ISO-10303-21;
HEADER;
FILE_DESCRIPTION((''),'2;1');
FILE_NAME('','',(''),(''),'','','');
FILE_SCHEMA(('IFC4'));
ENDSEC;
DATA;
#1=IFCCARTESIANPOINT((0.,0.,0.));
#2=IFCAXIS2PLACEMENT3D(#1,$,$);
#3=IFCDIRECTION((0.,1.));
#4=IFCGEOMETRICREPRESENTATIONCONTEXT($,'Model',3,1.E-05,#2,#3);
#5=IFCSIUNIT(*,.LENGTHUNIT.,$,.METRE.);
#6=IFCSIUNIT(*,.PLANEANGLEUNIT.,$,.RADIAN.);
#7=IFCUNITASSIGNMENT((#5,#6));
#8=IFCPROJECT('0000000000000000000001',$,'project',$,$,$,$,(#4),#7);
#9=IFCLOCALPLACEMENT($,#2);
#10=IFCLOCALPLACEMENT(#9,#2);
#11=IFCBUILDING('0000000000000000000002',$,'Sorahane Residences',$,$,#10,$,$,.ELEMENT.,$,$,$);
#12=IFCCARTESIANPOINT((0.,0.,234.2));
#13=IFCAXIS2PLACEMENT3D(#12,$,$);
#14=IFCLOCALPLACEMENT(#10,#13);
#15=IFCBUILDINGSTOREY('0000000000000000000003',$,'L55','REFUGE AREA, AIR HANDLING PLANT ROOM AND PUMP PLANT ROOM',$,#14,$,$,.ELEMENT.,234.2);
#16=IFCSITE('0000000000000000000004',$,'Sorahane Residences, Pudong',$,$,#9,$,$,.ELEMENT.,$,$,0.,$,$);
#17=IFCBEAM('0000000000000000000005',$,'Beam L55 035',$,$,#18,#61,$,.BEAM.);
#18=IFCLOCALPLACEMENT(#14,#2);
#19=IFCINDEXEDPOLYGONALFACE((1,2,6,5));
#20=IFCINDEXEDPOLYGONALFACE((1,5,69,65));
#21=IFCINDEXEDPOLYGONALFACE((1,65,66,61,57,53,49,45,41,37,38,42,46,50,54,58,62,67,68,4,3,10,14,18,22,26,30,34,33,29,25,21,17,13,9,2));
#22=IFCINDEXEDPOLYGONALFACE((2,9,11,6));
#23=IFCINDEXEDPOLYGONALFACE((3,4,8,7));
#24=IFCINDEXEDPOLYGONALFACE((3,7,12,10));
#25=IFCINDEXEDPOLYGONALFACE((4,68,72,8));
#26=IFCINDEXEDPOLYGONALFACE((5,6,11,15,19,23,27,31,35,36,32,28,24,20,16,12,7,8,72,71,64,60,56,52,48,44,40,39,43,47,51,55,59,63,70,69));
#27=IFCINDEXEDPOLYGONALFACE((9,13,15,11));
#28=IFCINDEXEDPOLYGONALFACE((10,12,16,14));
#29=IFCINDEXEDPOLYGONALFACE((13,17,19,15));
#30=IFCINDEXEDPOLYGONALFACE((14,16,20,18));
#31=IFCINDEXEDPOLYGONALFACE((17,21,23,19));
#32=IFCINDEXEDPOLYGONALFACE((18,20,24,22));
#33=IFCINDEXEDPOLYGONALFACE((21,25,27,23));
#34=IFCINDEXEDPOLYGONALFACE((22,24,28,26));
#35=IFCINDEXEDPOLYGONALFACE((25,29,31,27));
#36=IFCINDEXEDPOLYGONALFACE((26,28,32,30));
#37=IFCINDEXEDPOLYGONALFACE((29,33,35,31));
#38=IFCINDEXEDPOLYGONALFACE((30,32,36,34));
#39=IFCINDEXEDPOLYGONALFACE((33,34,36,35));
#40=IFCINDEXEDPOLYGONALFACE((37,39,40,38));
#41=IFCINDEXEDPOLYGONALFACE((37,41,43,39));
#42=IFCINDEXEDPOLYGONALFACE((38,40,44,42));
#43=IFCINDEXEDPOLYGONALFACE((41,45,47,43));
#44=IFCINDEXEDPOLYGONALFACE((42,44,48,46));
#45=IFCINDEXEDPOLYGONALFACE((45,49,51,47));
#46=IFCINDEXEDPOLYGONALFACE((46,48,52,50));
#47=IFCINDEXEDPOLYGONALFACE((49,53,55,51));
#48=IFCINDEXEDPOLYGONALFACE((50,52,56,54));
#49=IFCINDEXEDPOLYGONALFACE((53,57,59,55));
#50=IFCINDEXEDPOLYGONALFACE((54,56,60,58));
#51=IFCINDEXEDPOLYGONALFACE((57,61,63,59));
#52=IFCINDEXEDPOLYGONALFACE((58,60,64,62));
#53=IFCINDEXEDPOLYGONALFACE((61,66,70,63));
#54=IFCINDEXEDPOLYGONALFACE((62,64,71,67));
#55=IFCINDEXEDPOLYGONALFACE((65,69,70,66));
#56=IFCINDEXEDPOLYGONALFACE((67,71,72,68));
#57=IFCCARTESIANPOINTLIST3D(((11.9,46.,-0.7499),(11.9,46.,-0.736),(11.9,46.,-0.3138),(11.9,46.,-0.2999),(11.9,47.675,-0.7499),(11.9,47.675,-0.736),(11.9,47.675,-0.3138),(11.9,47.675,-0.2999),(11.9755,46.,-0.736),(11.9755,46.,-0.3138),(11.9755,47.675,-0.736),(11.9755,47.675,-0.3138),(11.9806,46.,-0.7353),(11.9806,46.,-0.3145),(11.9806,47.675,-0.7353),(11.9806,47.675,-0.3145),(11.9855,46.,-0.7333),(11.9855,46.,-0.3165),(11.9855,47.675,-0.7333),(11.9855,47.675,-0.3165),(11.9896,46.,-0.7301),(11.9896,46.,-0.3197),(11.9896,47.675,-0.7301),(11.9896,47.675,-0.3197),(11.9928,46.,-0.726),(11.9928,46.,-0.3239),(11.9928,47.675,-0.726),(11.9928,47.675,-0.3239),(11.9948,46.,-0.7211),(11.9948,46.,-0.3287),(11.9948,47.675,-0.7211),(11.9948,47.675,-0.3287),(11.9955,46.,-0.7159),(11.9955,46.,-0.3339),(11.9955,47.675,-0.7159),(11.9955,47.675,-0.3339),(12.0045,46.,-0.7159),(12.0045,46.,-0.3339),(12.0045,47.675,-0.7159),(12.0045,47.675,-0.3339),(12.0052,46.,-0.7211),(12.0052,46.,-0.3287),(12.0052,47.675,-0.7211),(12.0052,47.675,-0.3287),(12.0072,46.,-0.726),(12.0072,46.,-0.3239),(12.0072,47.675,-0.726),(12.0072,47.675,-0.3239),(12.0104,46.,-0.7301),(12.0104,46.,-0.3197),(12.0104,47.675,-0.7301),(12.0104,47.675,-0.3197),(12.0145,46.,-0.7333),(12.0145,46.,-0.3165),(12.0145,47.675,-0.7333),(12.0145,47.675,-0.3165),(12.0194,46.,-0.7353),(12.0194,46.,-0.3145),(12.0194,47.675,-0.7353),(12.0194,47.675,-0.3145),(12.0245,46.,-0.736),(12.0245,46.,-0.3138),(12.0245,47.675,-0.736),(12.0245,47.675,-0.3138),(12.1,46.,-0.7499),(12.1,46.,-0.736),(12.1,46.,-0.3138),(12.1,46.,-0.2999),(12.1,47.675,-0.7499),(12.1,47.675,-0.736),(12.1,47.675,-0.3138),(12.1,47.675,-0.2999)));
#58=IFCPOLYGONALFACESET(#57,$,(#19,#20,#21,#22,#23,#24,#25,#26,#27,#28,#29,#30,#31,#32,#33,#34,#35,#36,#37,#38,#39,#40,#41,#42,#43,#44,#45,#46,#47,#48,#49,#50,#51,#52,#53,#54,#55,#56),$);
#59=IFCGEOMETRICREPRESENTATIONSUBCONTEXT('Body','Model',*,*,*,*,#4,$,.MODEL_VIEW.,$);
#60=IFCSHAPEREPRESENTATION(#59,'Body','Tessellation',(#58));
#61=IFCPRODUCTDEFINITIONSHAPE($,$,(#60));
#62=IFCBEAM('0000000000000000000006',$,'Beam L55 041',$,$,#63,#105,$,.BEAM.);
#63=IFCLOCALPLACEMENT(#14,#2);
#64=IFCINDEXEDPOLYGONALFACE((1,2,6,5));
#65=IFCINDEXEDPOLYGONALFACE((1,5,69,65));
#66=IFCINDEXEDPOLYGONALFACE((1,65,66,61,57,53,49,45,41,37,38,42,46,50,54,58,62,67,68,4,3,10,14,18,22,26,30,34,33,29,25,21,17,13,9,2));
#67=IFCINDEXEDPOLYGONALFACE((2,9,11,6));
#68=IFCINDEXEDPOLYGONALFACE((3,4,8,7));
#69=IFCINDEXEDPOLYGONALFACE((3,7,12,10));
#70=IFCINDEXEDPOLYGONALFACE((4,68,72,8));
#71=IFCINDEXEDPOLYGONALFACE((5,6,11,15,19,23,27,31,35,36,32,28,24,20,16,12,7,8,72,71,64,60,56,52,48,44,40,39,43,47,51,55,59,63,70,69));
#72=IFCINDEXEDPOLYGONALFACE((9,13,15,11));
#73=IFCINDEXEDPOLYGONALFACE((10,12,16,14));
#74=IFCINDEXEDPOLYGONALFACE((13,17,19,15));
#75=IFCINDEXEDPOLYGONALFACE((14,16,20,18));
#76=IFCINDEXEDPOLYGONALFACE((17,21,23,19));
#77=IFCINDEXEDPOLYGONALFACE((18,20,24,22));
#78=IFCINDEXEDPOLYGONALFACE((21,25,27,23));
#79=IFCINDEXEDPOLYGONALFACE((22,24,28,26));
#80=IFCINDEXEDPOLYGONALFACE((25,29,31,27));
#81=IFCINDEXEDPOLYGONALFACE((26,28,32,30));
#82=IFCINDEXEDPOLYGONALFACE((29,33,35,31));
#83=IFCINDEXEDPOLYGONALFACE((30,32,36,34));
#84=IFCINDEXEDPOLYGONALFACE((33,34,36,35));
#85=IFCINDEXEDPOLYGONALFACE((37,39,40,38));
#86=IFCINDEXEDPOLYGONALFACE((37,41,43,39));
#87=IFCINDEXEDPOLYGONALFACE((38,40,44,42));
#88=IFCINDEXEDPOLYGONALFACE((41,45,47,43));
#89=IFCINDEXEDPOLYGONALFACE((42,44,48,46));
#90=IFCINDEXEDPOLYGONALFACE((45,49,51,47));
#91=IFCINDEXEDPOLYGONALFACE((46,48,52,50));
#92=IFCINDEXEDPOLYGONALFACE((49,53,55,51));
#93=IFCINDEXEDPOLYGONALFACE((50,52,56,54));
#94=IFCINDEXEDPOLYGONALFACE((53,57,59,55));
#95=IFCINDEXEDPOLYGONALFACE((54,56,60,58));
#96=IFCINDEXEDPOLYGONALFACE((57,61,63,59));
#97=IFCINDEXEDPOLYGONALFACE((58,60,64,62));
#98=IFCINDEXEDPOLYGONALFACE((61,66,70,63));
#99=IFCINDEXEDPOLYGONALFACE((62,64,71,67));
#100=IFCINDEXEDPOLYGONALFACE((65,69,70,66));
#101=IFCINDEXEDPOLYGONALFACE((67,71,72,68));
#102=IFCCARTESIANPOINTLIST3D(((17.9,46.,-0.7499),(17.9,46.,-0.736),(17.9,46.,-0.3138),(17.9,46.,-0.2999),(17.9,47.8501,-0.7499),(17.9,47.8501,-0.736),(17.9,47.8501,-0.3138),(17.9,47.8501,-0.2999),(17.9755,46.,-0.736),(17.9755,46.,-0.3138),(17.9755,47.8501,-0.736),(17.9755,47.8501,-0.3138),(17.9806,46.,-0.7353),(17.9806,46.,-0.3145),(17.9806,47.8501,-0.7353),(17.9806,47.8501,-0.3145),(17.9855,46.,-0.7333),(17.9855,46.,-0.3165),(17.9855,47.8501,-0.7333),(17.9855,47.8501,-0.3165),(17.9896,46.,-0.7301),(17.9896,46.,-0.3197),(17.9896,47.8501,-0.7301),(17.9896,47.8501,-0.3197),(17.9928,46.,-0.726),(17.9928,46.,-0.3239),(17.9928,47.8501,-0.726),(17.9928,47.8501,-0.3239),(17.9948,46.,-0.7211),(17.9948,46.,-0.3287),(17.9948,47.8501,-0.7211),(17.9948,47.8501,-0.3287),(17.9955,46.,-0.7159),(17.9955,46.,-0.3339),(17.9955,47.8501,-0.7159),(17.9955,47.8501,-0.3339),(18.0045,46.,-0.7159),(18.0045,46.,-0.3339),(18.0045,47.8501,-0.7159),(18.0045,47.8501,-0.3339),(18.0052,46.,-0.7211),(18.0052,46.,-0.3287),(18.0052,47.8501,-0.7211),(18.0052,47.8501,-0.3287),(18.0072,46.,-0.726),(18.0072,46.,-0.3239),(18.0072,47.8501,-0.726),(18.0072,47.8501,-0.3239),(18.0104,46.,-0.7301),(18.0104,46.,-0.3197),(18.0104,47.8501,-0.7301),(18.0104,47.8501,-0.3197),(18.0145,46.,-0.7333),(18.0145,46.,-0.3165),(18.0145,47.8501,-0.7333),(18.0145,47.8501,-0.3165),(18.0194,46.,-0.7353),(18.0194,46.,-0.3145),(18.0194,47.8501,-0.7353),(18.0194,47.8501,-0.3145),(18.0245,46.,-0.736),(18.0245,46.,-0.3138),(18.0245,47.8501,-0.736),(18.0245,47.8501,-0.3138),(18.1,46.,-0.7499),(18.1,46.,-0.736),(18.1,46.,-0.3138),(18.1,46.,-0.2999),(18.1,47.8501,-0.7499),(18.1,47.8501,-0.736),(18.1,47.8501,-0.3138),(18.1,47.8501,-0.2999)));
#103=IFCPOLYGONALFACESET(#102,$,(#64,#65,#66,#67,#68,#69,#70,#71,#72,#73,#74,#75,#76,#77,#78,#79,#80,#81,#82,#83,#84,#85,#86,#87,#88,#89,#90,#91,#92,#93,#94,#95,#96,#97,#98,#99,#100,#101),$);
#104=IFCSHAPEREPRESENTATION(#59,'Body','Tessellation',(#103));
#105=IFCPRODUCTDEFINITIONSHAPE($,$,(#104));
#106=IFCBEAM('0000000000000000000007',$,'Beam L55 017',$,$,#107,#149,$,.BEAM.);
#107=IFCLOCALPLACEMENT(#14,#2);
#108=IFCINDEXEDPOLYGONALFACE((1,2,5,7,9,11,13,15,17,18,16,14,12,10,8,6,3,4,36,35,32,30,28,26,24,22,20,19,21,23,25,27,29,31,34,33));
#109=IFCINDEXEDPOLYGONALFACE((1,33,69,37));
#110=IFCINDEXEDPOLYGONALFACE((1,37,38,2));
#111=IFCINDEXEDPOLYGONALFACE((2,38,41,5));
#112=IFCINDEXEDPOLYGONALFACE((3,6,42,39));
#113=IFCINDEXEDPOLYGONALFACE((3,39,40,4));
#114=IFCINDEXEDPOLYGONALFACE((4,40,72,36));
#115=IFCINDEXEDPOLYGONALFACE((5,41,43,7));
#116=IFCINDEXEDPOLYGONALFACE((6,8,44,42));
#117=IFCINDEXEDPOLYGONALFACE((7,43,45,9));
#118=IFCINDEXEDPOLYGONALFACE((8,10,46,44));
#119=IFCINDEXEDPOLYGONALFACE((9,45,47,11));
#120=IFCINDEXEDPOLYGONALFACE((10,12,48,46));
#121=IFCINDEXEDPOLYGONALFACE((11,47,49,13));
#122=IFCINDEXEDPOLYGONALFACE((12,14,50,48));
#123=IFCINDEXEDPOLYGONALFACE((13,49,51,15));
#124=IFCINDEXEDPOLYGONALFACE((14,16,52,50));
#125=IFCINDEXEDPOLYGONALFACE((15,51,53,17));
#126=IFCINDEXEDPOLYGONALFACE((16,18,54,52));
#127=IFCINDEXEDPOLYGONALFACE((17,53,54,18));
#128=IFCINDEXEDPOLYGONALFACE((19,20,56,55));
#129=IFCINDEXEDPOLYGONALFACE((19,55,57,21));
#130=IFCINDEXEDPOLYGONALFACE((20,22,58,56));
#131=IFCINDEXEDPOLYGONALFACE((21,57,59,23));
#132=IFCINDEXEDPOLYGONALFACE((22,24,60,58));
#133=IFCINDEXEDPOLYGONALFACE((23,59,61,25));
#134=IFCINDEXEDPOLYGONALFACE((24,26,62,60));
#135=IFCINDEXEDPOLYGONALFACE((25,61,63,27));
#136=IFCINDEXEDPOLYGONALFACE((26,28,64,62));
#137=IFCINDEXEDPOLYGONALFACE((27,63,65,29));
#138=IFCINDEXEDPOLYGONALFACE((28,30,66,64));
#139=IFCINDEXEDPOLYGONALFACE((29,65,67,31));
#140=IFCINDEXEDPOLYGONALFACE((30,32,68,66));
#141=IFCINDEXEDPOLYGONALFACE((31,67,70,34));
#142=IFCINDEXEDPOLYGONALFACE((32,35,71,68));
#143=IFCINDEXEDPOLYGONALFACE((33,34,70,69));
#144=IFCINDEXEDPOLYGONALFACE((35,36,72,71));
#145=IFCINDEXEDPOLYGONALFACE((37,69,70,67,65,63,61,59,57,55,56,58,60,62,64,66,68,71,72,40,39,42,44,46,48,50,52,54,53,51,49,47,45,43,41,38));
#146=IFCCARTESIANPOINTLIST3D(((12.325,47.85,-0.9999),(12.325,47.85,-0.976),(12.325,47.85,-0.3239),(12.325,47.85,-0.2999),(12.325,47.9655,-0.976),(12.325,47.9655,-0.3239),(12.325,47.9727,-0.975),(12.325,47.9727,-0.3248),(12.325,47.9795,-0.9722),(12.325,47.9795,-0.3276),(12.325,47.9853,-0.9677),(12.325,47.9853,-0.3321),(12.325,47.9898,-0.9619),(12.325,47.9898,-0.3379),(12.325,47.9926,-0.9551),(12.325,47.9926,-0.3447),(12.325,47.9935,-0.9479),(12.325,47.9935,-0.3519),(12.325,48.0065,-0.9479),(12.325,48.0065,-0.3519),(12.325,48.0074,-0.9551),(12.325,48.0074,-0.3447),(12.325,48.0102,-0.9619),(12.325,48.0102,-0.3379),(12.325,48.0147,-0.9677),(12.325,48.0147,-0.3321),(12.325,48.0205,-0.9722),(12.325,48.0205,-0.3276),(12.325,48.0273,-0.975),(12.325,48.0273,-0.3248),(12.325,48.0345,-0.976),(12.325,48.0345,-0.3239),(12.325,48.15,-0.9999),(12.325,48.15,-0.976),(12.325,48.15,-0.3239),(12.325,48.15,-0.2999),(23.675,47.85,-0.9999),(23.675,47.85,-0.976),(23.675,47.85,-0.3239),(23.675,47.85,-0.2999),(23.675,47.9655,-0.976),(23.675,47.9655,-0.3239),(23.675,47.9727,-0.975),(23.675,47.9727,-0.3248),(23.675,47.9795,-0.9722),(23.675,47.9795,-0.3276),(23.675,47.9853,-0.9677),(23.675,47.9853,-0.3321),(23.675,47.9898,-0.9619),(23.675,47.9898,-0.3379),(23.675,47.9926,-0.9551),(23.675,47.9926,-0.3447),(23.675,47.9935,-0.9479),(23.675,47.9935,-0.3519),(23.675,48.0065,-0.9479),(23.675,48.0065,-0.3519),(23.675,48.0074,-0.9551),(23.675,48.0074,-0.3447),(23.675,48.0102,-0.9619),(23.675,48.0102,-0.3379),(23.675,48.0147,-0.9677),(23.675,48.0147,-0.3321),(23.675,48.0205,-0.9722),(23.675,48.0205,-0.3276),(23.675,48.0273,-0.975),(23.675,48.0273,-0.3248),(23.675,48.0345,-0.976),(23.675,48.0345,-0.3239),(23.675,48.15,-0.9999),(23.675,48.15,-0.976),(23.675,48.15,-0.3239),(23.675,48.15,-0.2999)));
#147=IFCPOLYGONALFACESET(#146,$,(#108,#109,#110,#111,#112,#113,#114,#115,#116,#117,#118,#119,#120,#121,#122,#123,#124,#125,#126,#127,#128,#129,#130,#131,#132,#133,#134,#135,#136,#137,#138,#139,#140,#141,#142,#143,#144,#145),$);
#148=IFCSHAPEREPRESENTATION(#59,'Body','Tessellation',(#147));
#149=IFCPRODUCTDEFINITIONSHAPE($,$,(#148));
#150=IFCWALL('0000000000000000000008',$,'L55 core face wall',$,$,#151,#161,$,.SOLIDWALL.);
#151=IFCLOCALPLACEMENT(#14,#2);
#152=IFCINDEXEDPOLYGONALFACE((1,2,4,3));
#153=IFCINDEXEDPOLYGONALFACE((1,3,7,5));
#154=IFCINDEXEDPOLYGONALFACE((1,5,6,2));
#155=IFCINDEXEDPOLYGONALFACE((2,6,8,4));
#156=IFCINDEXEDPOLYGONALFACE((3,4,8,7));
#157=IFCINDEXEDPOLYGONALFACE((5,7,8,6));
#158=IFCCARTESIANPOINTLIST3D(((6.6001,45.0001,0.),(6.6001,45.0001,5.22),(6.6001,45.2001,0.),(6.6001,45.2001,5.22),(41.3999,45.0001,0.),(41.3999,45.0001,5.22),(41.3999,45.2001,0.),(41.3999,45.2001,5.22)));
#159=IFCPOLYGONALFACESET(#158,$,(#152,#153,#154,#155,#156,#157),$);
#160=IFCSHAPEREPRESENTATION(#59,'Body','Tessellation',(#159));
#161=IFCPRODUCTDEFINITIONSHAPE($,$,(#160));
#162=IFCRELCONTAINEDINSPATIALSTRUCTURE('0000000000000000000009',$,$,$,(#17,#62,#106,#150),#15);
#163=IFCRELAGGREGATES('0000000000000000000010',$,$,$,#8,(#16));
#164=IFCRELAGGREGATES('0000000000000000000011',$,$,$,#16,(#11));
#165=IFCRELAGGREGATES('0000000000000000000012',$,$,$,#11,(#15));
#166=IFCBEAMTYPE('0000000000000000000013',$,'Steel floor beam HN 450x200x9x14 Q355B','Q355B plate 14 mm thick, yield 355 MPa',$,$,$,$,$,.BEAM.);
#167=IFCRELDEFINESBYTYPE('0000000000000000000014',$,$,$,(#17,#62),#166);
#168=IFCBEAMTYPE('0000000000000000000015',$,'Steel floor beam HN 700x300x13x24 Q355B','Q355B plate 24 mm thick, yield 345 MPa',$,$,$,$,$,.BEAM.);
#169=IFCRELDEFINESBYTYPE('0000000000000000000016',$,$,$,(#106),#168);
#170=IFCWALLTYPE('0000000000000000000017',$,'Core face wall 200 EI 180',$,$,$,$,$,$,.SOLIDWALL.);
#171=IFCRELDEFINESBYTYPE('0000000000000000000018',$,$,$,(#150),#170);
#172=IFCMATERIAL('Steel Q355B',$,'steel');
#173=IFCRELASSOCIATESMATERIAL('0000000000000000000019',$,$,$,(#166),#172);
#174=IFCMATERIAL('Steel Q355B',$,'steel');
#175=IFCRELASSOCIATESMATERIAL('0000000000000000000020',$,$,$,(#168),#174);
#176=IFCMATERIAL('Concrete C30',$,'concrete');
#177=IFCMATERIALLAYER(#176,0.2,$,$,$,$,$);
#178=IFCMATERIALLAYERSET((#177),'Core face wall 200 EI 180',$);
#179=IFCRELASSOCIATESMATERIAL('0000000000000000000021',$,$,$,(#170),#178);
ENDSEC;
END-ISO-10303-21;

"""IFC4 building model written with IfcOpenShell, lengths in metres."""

from ifc_helpers import new_model, si_unit, direction, frame, frame_2d, origin, origin_2d, place, context, subcontext, project, spatial, rectangle, i_section, extrude, material, layer, layer_set, material_profile, profile_set, type_object, element, save


model = new_model("IFC4")

# Units and contexts
model_context = context("Model", 3, precision=1e-05, world=origin(), true_north=direction((0.0, 1.0)))
body_context = subcontext(model_context, "Body", "Model", "MODEL_VIEW")
ifc_project = project(units=[si_unit("LENGTHUNIT", "METRE"), si_unit("PLANEANGLEUNIT", "RADIAN")], contexts=[model_context])

# Site, building, storey
site_placement = place(None, origin())
site = spatial("IfcSite", under=ifc_project, at=site_placement, Name="Sorahane Residences, Pudong", CompositionType="ELEMENT", RefElevation=0.0)
building_placement = place(site_placement, origin())
building = spatial("IfcBuilding", under=site, at=building_placement, Name="Sorahane Residences", CompositionType="ELEMENT")
storey_placement = place(building_placement, frame((0.0, 0.0, 234.2)))
storey = spatial("IfcBuildingStorey", under=building, at=storey_placement, Name="L55", Description="REFUGE AREA, AIR HANDLING PLANT ROOM AND PUMP PLANT ROOM", CompositionType="ELEMENT", Elevation=234.2)

# Beams
ifc_material_1 = material(Name="Steel Q355B", Category="steel")
ifc_material_profile_1 = material_profile(ifc_material_1, i_section(OverallWidth=0.2, OverallDepth=0.45, WebThickness=0.009, FlangeThickness=0.0139, FilletRadius=0.02, at=origin_2d()), Name="HN 450x200x9x14")
ifc_profile_set_1 = profile_set([ifc_material_profile_1], Name="Steel Q355B")
beam_type_1 = type_object("IfcBeamType", Name="Steel floor beam HN 450x200x9x14 Q355B", Description="Q355B plate 14 mm thick, yield 355 MPa", PredefinedType="BEAM", material=ifc_profile_set_1)
beam_1_placement = place(storey_placement, frame((12.0, 46.0, -0.5249), z_axis=(0.0, 1.0, 0.0), x_axis=(-1.0, 0.0, 0.0)))
element("IfcBeam", 1, at=beam_1_placement, inside=storey, type_object=beam_type_1, Name="Beam L55 035", PredefinedType="BEAM", context=body_context, shape_type="SweptSolid", body=[
    extrude(i_section(OverallWidth=0.2, OverallDepth=0.45, WebThickness=0.009, FlangeThickness=0.0139, FilletRadius=0.02, at=origin_2d()), origin(), (0.0, 0.0, 1.0), 1.675),
])
beam_2_placement = place(storey_placement, frame((18.0, 46.0, -0.5249), z_axis=(0.0, 1.0, 0.0), x_axis=(-1.0, 0.0, 0.0)))
element("IfcBeam", 2, at=beam_2_placement, inside=storey, type_object=beam_type_1, Name="Beam L55 041", PredefinedType="BEAM", context=body_context, shape_type="SweptSolid", body=[
    extrude(i_section(OverallWidth=0.2, OverallDepth=0.45, WebThickness=0.009, FlangeThickness=0.0139, FilletRadius=0.02, at=origin_2d()), origin(), (0.0, 0.0, 1.0), 1.8501),
])
ifc_material_2 = material(Name="Steel Q355B", Category="steel")
ifc_material_profile_2 = material_profile(ifc_material_2, i_section(OverallWidth=0.3, OverallDepth=0.7, WebThickness=0.0129, FlangeThickness=0.0239, FilletRadius=0.0281, at=origin_2d()), Name="HN 700x300x13x24")
ifc_profile_set_2 = profile_set([ifc_material_profile_2], Name="Steel Q355B")
beam_type_2 = type_object("IfcBeamType", Name="Steel floor beam HN 700x300x13x24 Q355B", Description="Q355B plate 24 mm thick, yield 345 MPa", PredefinedType="BEAM", material=ifc_profile_set_2)
beam_3_placement = place(storey_placement, frame((12.325, 48.0, -0.6499), z_axis=(1.0, 0.0, 0.0), x_axis=(0.0, 1.0, 0.0)))
element("IfcBeam", 3, at=beam_3_placement, inside=storey, type_object=beam_type_2, Name="Beam L55 017", PredefinedType="BEAM", context=body_context, shape_type="SweptSolid", body=[
    extrude(i_section(OverallWidth=0.3, OverallDepth=0.7, WebThickness=0.0129, FlangeThickness=0.0239, FilletRadius=0.0281, at=origin_2d()), origin(), (0.0, 0.0, 1.0), 11.3501),
])

# Wall
ifc_material_3 = material(Name="Concrete C30", Category="concrete")
ifc_layer_1 = layer(ifc_material_3, 0.2)
ifc_layer_set_1 = layer_set([ifc_layer_1], Name="Core face wall 200 EI 180")
wall_type_1 = type_object("IfcWallType", Name="Core face wall 200 EI 180", PredefinedType="SOLIDWALL", material=ifc_layer_set_1)
wall_1_placement = place(storey_placement, frame((6.6001, 45.1001, 0.0), z_axis=(0.0, 0.0, 1.0), x_axis=(1.0, 0.0, 0.0)))
element("IfcWall", 4, at=wall_1_placement, inside=storey, type_object=wall_type_1, Name="L55 core face wall", PredefinedType="SOLIDWALL", context=body_context, shape_type="SweptSolid", body=[
    extrude(rectangle(XDim=34.7998, YDim=0.2, at=frame_2d((17.3999, 0.0))), origin(), (0.0, 0.0, 1.0), 5.22),
])

save(model, "model.ifc")
